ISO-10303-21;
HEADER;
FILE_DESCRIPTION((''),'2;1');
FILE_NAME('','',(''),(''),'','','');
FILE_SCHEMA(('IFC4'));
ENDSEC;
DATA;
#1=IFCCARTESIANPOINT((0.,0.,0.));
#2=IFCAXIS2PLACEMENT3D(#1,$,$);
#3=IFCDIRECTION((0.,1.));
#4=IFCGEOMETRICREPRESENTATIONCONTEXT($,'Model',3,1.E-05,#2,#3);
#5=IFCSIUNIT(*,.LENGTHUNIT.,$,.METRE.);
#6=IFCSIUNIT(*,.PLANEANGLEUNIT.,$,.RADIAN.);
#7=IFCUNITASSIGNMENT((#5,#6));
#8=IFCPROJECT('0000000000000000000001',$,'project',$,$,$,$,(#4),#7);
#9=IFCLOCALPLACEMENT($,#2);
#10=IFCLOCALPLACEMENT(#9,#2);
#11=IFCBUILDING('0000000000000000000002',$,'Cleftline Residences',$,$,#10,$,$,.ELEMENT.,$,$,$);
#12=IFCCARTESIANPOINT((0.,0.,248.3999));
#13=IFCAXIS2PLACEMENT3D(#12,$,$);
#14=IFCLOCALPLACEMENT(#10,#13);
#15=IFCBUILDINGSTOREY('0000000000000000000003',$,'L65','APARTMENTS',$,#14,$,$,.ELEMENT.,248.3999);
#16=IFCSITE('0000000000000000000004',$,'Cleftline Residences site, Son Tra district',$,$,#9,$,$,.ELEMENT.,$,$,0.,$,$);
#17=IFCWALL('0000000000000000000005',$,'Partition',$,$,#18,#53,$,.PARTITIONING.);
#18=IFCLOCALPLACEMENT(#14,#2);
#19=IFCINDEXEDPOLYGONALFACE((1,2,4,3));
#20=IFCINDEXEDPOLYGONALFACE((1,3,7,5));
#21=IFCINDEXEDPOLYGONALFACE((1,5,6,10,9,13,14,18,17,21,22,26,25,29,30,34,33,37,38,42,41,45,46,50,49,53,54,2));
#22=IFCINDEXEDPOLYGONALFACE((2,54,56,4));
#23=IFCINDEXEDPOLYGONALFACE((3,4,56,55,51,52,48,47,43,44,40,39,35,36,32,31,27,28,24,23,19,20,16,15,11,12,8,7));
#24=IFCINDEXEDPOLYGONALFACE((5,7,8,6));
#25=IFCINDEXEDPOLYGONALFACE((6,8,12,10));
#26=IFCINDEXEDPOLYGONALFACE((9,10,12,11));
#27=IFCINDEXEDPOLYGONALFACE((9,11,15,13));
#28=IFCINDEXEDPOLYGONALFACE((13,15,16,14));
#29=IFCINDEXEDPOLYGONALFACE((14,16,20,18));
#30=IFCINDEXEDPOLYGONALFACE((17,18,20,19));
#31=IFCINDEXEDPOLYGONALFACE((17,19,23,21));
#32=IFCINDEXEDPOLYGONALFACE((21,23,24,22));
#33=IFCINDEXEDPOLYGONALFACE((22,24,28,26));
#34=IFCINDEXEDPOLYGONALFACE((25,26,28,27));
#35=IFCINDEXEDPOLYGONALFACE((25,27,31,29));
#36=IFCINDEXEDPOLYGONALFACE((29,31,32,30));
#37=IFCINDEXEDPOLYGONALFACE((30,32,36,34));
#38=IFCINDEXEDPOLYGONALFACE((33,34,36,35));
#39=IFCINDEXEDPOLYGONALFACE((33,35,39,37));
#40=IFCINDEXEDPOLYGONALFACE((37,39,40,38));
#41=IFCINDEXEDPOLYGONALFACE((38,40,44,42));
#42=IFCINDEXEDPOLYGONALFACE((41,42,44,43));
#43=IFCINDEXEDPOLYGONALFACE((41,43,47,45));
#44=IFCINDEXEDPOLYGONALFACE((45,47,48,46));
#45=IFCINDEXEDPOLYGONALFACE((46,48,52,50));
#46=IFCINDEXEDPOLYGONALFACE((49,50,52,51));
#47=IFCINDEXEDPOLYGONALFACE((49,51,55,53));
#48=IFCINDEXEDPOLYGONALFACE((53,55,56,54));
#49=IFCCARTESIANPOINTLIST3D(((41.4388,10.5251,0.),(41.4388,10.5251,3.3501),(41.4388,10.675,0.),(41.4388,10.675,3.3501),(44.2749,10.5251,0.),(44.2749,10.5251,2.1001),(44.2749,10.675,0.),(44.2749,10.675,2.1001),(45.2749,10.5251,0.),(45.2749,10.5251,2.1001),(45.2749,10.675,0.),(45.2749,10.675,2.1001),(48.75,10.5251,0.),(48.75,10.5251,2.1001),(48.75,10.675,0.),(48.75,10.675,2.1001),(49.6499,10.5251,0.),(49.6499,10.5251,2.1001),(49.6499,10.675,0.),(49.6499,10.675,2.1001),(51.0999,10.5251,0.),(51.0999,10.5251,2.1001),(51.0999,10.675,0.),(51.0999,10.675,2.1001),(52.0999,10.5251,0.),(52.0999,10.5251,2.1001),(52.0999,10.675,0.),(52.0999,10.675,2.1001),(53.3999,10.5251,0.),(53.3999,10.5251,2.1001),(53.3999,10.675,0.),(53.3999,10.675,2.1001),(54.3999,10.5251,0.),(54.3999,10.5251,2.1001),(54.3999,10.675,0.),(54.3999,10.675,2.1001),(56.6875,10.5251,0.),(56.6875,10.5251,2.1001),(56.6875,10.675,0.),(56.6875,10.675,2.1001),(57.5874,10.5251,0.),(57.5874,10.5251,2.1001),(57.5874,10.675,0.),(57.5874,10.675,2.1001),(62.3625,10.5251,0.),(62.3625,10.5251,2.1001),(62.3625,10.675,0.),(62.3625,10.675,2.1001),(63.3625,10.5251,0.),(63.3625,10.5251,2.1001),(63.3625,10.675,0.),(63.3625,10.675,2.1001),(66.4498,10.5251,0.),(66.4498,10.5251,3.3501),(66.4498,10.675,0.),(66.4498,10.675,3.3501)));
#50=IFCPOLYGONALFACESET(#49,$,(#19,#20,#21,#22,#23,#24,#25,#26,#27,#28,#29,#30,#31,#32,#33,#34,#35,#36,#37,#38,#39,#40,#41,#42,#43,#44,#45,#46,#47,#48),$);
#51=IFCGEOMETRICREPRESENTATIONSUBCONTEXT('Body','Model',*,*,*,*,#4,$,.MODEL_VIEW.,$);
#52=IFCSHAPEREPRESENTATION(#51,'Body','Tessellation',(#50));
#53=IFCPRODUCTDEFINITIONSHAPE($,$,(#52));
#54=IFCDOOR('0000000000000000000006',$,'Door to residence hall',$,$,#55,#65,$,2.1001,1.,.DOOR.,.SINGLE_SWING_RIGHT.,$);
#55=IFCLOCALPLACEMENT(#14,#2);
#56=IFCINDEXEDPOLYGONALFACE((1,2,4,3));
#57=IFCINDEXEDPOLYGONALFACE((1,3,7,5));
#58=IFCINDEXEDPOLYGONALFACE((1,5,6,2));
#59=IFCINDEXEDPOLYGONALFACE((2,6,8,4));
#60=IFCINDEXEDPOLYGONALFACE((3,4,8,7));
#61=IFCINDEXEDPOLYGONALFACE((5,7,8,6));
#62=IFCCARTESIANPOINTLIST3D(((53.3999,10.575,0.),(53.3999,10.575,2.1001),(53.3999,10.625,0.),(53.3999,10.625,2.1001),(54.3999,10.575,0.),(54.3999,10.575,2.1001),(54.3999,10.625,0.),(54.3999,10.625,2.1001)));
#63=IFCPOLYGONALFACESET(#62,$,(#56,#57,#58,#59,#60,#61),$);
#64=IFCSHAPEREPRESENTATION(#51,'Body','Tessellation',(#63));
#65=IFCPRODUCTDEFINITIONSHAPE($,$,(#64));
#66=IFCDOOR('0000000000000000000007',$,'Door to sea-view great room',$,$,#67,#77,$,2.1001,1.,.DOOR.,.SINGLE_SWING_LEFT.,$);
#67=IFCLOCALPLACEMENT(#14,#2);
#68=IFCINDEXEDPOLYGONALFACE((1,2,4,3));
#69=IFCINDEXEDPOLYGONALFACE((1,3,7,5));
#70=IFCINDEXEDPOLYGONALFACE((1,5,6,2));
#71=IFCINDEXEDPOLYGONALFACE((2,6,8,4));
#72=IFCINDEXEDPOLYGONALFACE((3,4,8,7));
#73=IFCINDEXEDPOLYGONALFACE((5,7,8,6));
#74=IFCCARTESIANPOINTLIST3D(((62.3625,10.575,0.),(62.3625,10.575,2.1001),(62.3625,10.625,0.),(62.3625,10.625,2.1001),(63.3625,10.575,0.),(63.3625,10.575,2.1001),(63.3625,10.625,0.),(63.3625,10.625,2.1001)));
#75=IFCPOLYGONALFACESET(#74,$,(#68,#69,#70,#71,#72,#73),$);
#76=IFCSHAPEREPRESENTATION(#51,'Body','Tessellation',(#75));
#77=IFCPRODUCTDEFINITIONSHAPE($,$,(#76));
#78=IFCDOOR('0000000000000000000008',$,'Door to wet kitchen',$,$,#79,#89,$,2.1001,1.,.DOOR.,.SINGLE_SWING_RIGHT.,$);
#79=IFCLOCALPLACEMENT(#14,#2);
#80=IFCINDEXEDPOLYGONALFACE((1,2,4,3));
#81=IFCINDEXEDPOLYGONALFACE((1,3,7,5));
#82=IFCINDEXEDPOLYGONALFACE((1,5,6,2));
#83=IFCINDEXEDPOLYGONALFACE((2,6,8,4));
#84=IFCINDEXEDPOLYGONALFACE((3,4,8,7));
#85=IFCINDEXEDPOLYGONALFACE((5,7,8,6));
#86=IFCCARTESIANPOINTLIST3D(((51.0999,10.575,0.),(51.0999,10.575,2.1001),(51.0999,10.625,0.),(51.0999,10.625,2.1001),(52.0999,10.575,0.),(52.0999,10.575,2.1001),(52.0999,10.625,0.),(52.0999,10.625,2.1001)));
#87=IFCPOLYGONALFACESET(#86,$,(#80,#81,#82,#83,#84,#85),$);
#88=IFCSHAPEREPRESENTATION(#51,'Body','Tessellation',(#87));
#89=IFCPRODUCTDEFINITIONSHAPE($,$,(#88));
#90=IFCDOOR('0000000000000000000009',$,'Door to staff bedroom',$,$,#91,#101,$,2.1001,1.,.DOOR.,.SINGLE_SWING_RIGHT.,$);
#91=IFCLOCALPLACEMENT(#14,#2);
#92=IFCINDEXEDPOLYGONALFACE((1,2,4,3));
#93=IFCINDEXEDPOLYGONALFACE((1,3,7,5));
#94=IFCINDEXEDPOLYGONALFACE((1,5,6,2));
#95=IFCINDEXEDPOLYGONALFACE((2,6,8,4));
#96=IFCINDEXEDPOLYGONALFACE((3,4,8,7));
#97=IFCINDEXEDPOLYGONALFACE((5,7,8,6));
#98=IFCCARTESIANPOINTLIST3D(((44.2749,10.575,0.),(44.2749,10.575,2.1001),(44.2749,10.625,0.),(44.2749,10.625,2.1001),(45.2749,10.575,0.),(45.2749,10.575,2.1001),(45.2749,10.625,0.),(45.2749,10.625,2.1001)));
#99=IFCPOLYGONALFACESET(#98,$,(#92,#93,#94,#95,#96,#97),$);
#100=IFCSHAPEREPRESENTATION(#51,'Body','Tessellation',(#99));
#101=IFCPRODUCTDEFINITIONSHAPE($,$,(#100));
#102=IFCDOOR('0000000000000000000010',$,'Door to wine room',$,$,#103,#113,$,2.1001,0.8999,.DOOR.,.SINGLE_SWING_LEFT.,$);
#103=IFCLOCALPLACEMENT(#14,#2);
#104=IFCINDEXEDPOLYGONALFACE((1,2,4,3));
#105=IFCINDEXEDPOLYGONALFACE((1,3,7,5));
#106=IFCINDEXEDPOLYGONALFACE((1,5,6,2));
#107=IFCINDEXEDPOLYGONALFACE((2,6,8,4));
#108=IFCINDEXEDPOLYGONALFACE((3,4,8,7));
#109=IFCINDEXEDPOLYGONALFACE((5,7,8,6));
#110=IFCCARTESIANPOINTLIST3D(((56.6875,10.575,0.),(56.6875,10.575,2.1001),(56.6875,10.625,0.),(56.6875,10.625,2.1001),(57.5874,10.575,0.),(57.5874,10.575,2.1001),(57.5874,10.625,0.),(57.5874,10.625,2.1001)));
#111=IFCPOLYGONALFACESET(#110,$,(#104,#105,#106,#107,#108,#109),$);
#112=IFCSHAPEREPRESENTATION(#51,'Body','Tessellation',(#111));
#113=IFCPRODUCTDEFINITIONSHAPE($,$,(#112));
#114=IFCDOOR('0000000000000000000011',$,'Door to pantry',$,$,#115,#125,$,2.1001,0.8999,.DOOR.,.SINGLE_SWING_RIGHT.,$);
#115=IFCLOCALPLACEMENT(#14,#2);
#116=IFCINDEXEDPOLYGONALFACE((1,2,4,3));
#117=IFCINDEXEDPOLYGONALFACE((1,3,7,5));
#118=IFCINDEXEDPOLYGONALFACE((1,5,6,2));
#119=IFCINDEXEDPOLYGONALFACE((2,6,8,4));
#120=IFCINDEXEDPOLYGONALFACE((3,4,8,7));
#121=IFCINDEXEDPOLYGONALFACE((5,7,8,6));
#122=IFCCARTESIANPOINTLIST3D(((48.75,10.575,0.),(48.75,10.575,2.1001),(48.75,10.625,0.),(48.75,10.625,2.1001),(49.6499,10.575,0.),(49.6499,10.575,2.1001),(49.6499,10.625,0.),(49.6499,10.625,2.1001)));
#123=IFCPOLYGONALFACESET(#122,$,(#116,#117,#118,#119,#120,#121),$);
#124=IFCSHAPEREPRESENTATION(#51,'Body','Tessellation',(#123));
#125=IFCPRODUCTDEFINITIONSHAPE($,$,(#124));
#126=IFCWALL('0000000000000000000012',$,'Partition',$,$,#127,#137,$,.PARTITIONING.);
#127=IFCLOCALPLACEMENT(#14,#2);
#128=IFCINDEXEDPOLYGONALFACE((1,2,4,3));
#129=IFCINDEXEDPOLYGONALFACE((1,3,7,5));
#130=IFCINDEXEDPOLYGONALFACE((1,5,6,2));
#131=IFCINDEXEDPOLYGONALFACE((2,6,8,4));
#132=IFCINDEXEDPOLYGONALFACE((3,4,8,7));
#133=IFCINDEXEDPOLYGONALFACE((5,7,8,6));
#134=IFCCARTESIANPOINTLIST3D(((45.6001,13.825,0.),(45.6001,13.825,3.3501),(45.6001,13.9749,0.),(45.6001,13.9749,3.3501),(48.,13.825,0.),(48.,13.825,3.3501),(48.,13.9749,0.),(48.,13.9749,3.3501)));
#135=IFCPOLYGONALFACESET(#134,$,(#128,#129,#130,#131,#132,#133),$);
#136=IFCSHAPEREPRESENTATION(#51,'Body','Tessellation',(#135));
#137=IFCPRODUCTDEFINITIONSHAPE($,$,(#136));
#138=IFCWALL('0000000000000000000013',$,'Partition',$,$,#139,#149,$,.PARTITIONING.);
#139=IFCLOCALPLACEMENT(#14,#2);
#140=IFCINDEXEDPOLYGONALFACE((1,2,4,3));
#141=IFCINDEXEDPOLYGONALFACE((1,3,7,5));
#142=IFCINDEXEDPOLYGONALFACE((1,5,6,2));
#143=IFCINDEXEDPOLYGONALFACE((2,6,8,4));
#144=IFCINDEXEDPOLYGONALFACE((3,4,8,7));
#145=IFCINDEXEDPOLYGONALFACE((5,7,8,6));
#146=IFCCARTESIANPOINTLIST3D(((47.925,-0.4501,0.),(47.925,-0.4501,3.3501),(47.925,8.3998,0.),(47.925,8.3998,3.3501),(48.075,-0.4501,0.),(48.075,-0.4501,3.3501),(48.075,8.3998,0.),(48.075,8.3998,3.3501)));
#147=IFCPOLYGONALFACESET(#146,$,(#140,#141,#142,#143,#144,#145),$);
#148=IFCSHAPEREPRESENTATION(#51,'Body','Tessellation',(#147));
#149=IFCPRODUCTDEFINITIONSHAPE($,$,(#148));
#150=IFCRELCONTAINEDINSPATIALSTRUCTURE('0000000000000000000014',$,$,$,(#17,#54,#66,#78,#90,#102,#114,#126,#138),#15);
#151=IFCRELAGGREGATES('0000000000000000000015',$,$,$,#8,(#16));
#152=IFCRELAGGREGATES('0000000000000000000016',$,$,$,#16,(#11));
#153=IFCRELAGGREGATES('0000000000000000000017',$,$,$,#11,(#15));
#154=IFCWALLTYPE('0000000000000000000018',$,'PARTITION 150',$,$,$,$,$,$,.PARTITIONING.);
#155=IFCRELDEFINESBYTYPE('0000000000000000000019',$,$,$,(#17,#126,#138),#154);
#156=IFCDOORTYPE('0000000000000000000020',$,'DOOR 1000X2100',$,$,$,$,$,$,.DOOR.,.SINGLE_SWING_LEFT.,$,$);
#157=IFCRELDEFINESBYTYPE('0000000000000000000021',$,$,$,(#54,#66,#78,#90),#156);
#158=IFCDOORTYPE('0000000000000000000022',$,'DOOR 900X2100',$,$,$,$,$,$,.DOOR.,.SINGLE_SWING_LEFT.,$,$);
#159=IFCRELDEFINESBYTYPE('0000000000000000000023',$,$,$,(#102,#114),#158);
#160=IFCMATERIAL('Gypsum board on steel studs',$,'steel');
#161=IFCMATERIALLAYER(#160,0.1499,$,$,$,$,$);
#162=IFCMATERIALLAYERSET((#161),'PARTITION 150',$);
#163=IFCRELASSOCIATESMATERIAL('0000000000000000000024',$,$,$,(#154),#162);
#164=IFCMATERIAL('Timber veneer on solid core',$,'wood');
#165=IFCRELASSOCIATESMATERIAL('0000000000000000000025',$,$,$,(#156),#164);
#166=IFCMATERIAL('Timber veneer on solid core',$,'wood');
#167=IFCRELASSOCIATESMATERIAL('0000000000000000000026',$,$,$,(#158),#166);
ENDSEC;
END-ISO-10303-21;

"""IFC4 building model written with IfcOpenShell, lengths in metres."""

from ifc_helpers import new_model, si_unit, direction, frame, frame_2d, origin, place, context, subcontext, project, spatial, rectangle, extrude, material, layer, layer_set, type_object, element, fill, save


model = new_model("IFC4")

# Units and contexts
model_context = context("Model", 3, precision=1e-05, world=origin(), true_north=direction((0.0, 1.0)))
body_context = subcontext(model_context, "Body", "Model", "MODEL_VIEW")
ifc_project = project(units=[si_unit("LENGTHUNIT", "METRE"), si_unit("PLANEANGLEUNIT", "RADIAN")], contexts=[model_context])

# Site, building, storey
site_placement = place(None, origin())
site = spatial("IfcSite", under=ifc_project, at=site_placement, Name="Cleftline Residences site, Son Tra district", CompositionType="ELEMENT", RefElevation=0.0)
building_placement = place(site_placement, origin())
building = spatial("IfcBuilding", under=site, at=building_placement, Name="Cleftline Residences", CompositionType="ELEMENT")
storey_placement = place(building_placement, frame((0.0, 0.0, 248.3999)))
storey = spatial("IfcBuildingStorey", under=building, at=storey_placement, Name="L65", Description="APARTMENTS", CompositionType="ELEMENT", Elevation=248.3999)

# Shared definitions
ifc_material_1 = material(Name="Gypsum board on steel studs", Category="steel")
ifc_layer_1 = layer(ifc_material_1, 0.1499)
ifc_layer_set_1 = layer_set([ifc_layer_1], Name="PARTITION 150")
wall_type_1 = type_object("IfcWallType", Name="PARTITION 150", PredefinedType="PARTITIONING", material=ifc_layer_set_1)
ifc_material_2 = material(Name="Timber veneer on solid core", Category="wood")
door_type_1 = type_object("IfcDoorType", Name="DOOR 1000X2100", OperationType="SINGLE_SWING_LEFT", PredefinedType="DOOR", material=ifc_material_2)

# Wall, openings, doors
wall_1_placement = place(storey_placement, frame((41.439, 10.6001, 0.0), z_axis=(0.0, 0.0, 1.0), x_axis=(1.0, 0.0, 0.0)))
wall_1 = element("IfcWall", 1, at=wall_1_placement, inside=storey, type_object=wall_type_1, Name="Partition", PredefinedType="PARTITIONING", context=body_context, shape_type="SweptSolid", body=[
    extrude(rectangle(XDim=25.011, YDim=0.1499, at=frame_2d((12.5054, 0.0))), origin(), (0.0, 0.0, 1.0), 3.3501),
])
opening_1_placement = place(wall_1_placement, frame((11.9609, 0.0, 0.0)))
opening_1 = element("IfcOpeningElement", 2, at=opening_1_placement, cuts=wall_1, PredefinedType="OPENING", context=body_context, shape_type="SweptSolid", body=[
    extrude(rectangle(XDim=1.0, YDim=2.1001, at=frame_2d((0.5, 1.05))), frame((0.0, 0.085, 0.0), z_axis=(0.0, -1.0, 0.0), x_axis=(1.0, 0.0, 0.0)), (0.0, 0.0, 1.0), 0.1699),
])
opening_2_placement = place(wall_1_placement, frame((20.9236, 0.0, 0.0)))
opening_2 = element("IfcOpeningElement", 3, at=opening_2_placement, cuts=wall_1, PredefinedType="OPENING", context=body_context, shape_type="SweptSolid", body=[
    extrude(rectangle(XDim=1.0, YDim=2.1001, at=frame_2d((0.5, 1.05))), frame((0.0, 0.085, 0.0), z_axis=(0.0, -1.0, 0.0), x_axis=(1.0, 0.0, 0.0)), (0.0, 0.0, 1.0), 0.1699),
])
opening_3_placement = place(wall_1_placement, frame((15.2485, 0.0, 0.0)))
opening_3 = element("IfcOpeningElement", 4, at=opening_3_placement, cuts=wall_1, PredefinedType="OPENING", context=body_context, shape_type="SweptSolid", body=[
    extrude(rectangle(XDim=0.8999, YDim=2.1001, at=frame_2d((0.45, 1.05))), frame((0.0, 0.085, 0.0), z_axis=(0.0, -1.0, 0.0), x_axis=(1.0, 0.0, 0.0)), (0.0, 0.0, 1.0), 0.1699),
])
opening_4_placement = place(wall_1_placement, frame((9.6609, 0.0, 0.0)))
opening_4 = element("IfcOpeningElement", 5, at=opening_4_placement, cuts=wall_1, PredefinedType="OPENING", context=body_context, shape_type="SweptSolid", body=[
    extrude(rectangle(XDim=1.0, YDim=2.1001, at=frame_2d((0.5, 1.05))), frame((0.0, 0.085, 0.0), z_axis=(0.0, -1.0, 0.0), x_axis=(1.0, 0.0, 0.0)), (0.0, 0.0, 1.0), 0.1699),
])
opening_5_placement = place(wall_1_placement, frame((7.311, 0.0, 0.0)))
opening_5 = element("IfcOpeningElement", 6, at=opening_5_placement, cuts=wall_1, PredefinedType="OPENING", context=body_context, shape_type="SweptSolid", body=[
    extrude(rectangle(XDim=0.8999, YDim=2.1001, at=frame_2d((0.45, 1.05))), frame((0.0, 0.085, 0.0), z_axis=(0.0, -1.0, 0.0), x_axis=(1.0, 0.0, 0.0)), (0.0, 0.0, 1.0), 0.1699),
])
opening_6_placement = place(wall_1_placement, frame((2.8359, 0.0, 0.0)))
opening_6 = element("IfcOpeningElement", 7, at=opening_6_placement, cuts=wall_1, PredefinedType="OPENING", context=body_context, shape_type="SweptSolid", body=[
    extrude(rectangle(XDim=1.0, YDim=2.1001, at=frame_2d((0.5, 1.05))), frame((0.0, 0.085, 0.0), z_axis=(0.0, -1.0, 0.0), x_axis=(1.0, 0.0, 0.0)), (0.0, 0.0, 1.0), 0.1699),
])
door_1_placement = place(opening_1_placement, origin())
door_1 = element("IfcDoor", 8, at=door_1_placement, inside=storey, type_object=door_type_1, Name="Door to residence hall", OperationType="SINGLE_SWING_RIGHT", OverallHeight=2.1001, OverallWidth=1.0, PredefinedType="DOOR", context=body_context, shape_type="SweptSolid", body=[
    extrude(rectangle(XDim=1.0, YDim=2.1001, at=frame_2d((0.5, 1.05))), frame((0.0, 0.0249, 0.0), z_axis=(0.0, -1.0, 0.0), x_axis=(1.0, 0.0, 0.0)), (0.0, 0.0, 1.0), 0.05),
])
fill(opening_1, door_1)
door_2_placement = place(opening_2_placement, origin())
door_2 = element("IfcDoor", 9, at=door_2_placement, inside=storey, type_object=door_type_1, Name="Door to sea-view great room", OperationType="SINGLE_SWING_LEFT", OverallHeight=2.1001, OverallWidth=1.0, PredefinedType="DOOR", context=body_context, shape_type="SweptSolid", body=[
    extrude(rectangle(XDim=1.0, YDim=2.1001, at=frame_2d((0.5, 1.05))), frame((0.0, 0.0249, 0.0), z_axis=(0.0, -1.0, 0.0), x_axis=(1.0, 0.0, 0.0)), (0.0, 0.0, 1.0), 0.05),
])
fill(opening_2, door_2)
door_3_placement = place(opening_4_placement, origin())
door_3 = element("IfcDoor", 10, at=door_3_placement, inside=storey, type_object=door_type_1, Name="Door to wet kitchen", OperationType="SINGLE_SWING_RIGHT", OverallHeight=2.1001, OverallWidth=1.0, PredefinedType="DOOR", context=body_context, shape_type="SweptSolid", body=[
    extrude(rectangle(XDim=1.0, YDim=2.1001, at=frame_2d((0.5, 1.05))), frame((0.0, 0.0249, 0.0), z_axis=(0.0, -1.0, 0.0), x_axis=(1.0, 0.0, 0.0)), (0.0, 0.0, 1.0), 0.05),
])
fill(opening_4, door_3)
door_4_placement = place(opening_6_placement, origin())
door_4 = element("IfcDoor", 11, at=door_4_placement, inside=storey, type_object=door_type_1, Name="Door to staff bedroom", OperationType="SINGLE_SWING_RIGHT", OverallHeight=2.1001, OverallWidth=1.0, PredefinedType="DOOR", context=body_context, shape_type="SweptSolid", body=[
    extrude(rectangle(XDim=1.0, YDim=2.1001, at=frame_2d((0.5, 1.05))), frame((0.0, 0.0249, 0.0), z_axis=(0.0, -1.0, 0.0), x_axis=(1.0, 0.0, 0.0)), (0.0, 0.0, 1.0), 0.05),
])
fill(opening_6, door_4)
ifc_material_3 = material(Name="Timber veneer on solid core", Category="wood")
door_type_2 = type_object("IfcDoorType", Name="DOOR 900X2100", OperationType="SINGLE_SWING_LEFT", PredefinedType="DOOR", material=ifc_material_3)
door_5_placement = place(opening_3_placement, origin())
door_5 = element("IfcDoor", 12, at=door_5_placement, inside=storey, type_object=door_type_2, Name="Door to wine room", OperationType="SINGLE_SWING_LEFT", OverallHeight=2.1001, OverallWidth=0.8999, PredefinedType="DOOR", context=body_context, shape_type="SweptSolid", body=[
    extrude(rectangle(XDim=0.8999, YDim=2.1001, at=frame_2d((0.45, 1.05))), frame((0.0, 0.0249, 0.0), z_axis=(0.0, -1.0, 0.0), x_axis=(1.0, 0.0, 0.0)), (0.0, 0.0, 1.0), 0.05),
])
fill(opening_3, door_5)
door_6_placement = place(opening_5_placement, origin())
door_6 = element("IfcDoor", 13, at=door_6_placement, inside=storey, type_object=door_type_2, Name="Door to pantry", OperationType="SINGLE_SWING_RIGHT", OverallHeight=2.1001, OverallWidth=0.8999, PredefinedType="DOOR", context=body_context, shape_type="SweptSolid", body=[
    extrude(rectangle(XDim=0.8999, YDim=2.1001, at=frame_2d((0.45, 1.05))), frame((0.0, 0.0249, 0.0), z_axis=(0.0, -1.0, 0.0), x_axis=(1.0, 0.0, 0.0)), (0.0, 0.0, 1.0), 0.05),
])
fill(opening_5, door_6)

# Walls
wall_2_placement = place(storey_placement, frame((45.6001, 13.8999, 0.0), z_axis=(0.0, 0.0, 1.0), x_axis=(1.0, 0.0, 0.0)))
element("IfcWall", 14, at=wall_2_placement, inside=storey, type_object=wall_type_1, Name="Partition", PredefinedType="PARTITIONING", context=body_context, shape_type="SweptSolid", body=[
    extrude(rectangle(XDim=2.3999, YDim=0.1499, at=frame_2d((1.2, 0.0))), origin(), (0.0, 0.0, 1.0), 3.3501),
])
wall_3_placement = place(storey_placement, frame((48.0, -0.45, 0.0), z_axis=(0.0, 0.0, 1.0), x_axis=(0.0, 1.0, 0.0)))
element("IfcWall", 15, at=wall_3_placement, inside=storey, type_object=wall_type_1, Name="Partition", PredefinedType="PARTITIONING", context=body_context, shape_type="SweptSolid", body=[
    extrude(rectangle(XDim=8.8499, YDim=0.1499, at=frame_2d((4.4248, 0.0))), origin(), (0.0, 0.0, 1.0), 3.3501),
])

save(model, "model.ifc")
